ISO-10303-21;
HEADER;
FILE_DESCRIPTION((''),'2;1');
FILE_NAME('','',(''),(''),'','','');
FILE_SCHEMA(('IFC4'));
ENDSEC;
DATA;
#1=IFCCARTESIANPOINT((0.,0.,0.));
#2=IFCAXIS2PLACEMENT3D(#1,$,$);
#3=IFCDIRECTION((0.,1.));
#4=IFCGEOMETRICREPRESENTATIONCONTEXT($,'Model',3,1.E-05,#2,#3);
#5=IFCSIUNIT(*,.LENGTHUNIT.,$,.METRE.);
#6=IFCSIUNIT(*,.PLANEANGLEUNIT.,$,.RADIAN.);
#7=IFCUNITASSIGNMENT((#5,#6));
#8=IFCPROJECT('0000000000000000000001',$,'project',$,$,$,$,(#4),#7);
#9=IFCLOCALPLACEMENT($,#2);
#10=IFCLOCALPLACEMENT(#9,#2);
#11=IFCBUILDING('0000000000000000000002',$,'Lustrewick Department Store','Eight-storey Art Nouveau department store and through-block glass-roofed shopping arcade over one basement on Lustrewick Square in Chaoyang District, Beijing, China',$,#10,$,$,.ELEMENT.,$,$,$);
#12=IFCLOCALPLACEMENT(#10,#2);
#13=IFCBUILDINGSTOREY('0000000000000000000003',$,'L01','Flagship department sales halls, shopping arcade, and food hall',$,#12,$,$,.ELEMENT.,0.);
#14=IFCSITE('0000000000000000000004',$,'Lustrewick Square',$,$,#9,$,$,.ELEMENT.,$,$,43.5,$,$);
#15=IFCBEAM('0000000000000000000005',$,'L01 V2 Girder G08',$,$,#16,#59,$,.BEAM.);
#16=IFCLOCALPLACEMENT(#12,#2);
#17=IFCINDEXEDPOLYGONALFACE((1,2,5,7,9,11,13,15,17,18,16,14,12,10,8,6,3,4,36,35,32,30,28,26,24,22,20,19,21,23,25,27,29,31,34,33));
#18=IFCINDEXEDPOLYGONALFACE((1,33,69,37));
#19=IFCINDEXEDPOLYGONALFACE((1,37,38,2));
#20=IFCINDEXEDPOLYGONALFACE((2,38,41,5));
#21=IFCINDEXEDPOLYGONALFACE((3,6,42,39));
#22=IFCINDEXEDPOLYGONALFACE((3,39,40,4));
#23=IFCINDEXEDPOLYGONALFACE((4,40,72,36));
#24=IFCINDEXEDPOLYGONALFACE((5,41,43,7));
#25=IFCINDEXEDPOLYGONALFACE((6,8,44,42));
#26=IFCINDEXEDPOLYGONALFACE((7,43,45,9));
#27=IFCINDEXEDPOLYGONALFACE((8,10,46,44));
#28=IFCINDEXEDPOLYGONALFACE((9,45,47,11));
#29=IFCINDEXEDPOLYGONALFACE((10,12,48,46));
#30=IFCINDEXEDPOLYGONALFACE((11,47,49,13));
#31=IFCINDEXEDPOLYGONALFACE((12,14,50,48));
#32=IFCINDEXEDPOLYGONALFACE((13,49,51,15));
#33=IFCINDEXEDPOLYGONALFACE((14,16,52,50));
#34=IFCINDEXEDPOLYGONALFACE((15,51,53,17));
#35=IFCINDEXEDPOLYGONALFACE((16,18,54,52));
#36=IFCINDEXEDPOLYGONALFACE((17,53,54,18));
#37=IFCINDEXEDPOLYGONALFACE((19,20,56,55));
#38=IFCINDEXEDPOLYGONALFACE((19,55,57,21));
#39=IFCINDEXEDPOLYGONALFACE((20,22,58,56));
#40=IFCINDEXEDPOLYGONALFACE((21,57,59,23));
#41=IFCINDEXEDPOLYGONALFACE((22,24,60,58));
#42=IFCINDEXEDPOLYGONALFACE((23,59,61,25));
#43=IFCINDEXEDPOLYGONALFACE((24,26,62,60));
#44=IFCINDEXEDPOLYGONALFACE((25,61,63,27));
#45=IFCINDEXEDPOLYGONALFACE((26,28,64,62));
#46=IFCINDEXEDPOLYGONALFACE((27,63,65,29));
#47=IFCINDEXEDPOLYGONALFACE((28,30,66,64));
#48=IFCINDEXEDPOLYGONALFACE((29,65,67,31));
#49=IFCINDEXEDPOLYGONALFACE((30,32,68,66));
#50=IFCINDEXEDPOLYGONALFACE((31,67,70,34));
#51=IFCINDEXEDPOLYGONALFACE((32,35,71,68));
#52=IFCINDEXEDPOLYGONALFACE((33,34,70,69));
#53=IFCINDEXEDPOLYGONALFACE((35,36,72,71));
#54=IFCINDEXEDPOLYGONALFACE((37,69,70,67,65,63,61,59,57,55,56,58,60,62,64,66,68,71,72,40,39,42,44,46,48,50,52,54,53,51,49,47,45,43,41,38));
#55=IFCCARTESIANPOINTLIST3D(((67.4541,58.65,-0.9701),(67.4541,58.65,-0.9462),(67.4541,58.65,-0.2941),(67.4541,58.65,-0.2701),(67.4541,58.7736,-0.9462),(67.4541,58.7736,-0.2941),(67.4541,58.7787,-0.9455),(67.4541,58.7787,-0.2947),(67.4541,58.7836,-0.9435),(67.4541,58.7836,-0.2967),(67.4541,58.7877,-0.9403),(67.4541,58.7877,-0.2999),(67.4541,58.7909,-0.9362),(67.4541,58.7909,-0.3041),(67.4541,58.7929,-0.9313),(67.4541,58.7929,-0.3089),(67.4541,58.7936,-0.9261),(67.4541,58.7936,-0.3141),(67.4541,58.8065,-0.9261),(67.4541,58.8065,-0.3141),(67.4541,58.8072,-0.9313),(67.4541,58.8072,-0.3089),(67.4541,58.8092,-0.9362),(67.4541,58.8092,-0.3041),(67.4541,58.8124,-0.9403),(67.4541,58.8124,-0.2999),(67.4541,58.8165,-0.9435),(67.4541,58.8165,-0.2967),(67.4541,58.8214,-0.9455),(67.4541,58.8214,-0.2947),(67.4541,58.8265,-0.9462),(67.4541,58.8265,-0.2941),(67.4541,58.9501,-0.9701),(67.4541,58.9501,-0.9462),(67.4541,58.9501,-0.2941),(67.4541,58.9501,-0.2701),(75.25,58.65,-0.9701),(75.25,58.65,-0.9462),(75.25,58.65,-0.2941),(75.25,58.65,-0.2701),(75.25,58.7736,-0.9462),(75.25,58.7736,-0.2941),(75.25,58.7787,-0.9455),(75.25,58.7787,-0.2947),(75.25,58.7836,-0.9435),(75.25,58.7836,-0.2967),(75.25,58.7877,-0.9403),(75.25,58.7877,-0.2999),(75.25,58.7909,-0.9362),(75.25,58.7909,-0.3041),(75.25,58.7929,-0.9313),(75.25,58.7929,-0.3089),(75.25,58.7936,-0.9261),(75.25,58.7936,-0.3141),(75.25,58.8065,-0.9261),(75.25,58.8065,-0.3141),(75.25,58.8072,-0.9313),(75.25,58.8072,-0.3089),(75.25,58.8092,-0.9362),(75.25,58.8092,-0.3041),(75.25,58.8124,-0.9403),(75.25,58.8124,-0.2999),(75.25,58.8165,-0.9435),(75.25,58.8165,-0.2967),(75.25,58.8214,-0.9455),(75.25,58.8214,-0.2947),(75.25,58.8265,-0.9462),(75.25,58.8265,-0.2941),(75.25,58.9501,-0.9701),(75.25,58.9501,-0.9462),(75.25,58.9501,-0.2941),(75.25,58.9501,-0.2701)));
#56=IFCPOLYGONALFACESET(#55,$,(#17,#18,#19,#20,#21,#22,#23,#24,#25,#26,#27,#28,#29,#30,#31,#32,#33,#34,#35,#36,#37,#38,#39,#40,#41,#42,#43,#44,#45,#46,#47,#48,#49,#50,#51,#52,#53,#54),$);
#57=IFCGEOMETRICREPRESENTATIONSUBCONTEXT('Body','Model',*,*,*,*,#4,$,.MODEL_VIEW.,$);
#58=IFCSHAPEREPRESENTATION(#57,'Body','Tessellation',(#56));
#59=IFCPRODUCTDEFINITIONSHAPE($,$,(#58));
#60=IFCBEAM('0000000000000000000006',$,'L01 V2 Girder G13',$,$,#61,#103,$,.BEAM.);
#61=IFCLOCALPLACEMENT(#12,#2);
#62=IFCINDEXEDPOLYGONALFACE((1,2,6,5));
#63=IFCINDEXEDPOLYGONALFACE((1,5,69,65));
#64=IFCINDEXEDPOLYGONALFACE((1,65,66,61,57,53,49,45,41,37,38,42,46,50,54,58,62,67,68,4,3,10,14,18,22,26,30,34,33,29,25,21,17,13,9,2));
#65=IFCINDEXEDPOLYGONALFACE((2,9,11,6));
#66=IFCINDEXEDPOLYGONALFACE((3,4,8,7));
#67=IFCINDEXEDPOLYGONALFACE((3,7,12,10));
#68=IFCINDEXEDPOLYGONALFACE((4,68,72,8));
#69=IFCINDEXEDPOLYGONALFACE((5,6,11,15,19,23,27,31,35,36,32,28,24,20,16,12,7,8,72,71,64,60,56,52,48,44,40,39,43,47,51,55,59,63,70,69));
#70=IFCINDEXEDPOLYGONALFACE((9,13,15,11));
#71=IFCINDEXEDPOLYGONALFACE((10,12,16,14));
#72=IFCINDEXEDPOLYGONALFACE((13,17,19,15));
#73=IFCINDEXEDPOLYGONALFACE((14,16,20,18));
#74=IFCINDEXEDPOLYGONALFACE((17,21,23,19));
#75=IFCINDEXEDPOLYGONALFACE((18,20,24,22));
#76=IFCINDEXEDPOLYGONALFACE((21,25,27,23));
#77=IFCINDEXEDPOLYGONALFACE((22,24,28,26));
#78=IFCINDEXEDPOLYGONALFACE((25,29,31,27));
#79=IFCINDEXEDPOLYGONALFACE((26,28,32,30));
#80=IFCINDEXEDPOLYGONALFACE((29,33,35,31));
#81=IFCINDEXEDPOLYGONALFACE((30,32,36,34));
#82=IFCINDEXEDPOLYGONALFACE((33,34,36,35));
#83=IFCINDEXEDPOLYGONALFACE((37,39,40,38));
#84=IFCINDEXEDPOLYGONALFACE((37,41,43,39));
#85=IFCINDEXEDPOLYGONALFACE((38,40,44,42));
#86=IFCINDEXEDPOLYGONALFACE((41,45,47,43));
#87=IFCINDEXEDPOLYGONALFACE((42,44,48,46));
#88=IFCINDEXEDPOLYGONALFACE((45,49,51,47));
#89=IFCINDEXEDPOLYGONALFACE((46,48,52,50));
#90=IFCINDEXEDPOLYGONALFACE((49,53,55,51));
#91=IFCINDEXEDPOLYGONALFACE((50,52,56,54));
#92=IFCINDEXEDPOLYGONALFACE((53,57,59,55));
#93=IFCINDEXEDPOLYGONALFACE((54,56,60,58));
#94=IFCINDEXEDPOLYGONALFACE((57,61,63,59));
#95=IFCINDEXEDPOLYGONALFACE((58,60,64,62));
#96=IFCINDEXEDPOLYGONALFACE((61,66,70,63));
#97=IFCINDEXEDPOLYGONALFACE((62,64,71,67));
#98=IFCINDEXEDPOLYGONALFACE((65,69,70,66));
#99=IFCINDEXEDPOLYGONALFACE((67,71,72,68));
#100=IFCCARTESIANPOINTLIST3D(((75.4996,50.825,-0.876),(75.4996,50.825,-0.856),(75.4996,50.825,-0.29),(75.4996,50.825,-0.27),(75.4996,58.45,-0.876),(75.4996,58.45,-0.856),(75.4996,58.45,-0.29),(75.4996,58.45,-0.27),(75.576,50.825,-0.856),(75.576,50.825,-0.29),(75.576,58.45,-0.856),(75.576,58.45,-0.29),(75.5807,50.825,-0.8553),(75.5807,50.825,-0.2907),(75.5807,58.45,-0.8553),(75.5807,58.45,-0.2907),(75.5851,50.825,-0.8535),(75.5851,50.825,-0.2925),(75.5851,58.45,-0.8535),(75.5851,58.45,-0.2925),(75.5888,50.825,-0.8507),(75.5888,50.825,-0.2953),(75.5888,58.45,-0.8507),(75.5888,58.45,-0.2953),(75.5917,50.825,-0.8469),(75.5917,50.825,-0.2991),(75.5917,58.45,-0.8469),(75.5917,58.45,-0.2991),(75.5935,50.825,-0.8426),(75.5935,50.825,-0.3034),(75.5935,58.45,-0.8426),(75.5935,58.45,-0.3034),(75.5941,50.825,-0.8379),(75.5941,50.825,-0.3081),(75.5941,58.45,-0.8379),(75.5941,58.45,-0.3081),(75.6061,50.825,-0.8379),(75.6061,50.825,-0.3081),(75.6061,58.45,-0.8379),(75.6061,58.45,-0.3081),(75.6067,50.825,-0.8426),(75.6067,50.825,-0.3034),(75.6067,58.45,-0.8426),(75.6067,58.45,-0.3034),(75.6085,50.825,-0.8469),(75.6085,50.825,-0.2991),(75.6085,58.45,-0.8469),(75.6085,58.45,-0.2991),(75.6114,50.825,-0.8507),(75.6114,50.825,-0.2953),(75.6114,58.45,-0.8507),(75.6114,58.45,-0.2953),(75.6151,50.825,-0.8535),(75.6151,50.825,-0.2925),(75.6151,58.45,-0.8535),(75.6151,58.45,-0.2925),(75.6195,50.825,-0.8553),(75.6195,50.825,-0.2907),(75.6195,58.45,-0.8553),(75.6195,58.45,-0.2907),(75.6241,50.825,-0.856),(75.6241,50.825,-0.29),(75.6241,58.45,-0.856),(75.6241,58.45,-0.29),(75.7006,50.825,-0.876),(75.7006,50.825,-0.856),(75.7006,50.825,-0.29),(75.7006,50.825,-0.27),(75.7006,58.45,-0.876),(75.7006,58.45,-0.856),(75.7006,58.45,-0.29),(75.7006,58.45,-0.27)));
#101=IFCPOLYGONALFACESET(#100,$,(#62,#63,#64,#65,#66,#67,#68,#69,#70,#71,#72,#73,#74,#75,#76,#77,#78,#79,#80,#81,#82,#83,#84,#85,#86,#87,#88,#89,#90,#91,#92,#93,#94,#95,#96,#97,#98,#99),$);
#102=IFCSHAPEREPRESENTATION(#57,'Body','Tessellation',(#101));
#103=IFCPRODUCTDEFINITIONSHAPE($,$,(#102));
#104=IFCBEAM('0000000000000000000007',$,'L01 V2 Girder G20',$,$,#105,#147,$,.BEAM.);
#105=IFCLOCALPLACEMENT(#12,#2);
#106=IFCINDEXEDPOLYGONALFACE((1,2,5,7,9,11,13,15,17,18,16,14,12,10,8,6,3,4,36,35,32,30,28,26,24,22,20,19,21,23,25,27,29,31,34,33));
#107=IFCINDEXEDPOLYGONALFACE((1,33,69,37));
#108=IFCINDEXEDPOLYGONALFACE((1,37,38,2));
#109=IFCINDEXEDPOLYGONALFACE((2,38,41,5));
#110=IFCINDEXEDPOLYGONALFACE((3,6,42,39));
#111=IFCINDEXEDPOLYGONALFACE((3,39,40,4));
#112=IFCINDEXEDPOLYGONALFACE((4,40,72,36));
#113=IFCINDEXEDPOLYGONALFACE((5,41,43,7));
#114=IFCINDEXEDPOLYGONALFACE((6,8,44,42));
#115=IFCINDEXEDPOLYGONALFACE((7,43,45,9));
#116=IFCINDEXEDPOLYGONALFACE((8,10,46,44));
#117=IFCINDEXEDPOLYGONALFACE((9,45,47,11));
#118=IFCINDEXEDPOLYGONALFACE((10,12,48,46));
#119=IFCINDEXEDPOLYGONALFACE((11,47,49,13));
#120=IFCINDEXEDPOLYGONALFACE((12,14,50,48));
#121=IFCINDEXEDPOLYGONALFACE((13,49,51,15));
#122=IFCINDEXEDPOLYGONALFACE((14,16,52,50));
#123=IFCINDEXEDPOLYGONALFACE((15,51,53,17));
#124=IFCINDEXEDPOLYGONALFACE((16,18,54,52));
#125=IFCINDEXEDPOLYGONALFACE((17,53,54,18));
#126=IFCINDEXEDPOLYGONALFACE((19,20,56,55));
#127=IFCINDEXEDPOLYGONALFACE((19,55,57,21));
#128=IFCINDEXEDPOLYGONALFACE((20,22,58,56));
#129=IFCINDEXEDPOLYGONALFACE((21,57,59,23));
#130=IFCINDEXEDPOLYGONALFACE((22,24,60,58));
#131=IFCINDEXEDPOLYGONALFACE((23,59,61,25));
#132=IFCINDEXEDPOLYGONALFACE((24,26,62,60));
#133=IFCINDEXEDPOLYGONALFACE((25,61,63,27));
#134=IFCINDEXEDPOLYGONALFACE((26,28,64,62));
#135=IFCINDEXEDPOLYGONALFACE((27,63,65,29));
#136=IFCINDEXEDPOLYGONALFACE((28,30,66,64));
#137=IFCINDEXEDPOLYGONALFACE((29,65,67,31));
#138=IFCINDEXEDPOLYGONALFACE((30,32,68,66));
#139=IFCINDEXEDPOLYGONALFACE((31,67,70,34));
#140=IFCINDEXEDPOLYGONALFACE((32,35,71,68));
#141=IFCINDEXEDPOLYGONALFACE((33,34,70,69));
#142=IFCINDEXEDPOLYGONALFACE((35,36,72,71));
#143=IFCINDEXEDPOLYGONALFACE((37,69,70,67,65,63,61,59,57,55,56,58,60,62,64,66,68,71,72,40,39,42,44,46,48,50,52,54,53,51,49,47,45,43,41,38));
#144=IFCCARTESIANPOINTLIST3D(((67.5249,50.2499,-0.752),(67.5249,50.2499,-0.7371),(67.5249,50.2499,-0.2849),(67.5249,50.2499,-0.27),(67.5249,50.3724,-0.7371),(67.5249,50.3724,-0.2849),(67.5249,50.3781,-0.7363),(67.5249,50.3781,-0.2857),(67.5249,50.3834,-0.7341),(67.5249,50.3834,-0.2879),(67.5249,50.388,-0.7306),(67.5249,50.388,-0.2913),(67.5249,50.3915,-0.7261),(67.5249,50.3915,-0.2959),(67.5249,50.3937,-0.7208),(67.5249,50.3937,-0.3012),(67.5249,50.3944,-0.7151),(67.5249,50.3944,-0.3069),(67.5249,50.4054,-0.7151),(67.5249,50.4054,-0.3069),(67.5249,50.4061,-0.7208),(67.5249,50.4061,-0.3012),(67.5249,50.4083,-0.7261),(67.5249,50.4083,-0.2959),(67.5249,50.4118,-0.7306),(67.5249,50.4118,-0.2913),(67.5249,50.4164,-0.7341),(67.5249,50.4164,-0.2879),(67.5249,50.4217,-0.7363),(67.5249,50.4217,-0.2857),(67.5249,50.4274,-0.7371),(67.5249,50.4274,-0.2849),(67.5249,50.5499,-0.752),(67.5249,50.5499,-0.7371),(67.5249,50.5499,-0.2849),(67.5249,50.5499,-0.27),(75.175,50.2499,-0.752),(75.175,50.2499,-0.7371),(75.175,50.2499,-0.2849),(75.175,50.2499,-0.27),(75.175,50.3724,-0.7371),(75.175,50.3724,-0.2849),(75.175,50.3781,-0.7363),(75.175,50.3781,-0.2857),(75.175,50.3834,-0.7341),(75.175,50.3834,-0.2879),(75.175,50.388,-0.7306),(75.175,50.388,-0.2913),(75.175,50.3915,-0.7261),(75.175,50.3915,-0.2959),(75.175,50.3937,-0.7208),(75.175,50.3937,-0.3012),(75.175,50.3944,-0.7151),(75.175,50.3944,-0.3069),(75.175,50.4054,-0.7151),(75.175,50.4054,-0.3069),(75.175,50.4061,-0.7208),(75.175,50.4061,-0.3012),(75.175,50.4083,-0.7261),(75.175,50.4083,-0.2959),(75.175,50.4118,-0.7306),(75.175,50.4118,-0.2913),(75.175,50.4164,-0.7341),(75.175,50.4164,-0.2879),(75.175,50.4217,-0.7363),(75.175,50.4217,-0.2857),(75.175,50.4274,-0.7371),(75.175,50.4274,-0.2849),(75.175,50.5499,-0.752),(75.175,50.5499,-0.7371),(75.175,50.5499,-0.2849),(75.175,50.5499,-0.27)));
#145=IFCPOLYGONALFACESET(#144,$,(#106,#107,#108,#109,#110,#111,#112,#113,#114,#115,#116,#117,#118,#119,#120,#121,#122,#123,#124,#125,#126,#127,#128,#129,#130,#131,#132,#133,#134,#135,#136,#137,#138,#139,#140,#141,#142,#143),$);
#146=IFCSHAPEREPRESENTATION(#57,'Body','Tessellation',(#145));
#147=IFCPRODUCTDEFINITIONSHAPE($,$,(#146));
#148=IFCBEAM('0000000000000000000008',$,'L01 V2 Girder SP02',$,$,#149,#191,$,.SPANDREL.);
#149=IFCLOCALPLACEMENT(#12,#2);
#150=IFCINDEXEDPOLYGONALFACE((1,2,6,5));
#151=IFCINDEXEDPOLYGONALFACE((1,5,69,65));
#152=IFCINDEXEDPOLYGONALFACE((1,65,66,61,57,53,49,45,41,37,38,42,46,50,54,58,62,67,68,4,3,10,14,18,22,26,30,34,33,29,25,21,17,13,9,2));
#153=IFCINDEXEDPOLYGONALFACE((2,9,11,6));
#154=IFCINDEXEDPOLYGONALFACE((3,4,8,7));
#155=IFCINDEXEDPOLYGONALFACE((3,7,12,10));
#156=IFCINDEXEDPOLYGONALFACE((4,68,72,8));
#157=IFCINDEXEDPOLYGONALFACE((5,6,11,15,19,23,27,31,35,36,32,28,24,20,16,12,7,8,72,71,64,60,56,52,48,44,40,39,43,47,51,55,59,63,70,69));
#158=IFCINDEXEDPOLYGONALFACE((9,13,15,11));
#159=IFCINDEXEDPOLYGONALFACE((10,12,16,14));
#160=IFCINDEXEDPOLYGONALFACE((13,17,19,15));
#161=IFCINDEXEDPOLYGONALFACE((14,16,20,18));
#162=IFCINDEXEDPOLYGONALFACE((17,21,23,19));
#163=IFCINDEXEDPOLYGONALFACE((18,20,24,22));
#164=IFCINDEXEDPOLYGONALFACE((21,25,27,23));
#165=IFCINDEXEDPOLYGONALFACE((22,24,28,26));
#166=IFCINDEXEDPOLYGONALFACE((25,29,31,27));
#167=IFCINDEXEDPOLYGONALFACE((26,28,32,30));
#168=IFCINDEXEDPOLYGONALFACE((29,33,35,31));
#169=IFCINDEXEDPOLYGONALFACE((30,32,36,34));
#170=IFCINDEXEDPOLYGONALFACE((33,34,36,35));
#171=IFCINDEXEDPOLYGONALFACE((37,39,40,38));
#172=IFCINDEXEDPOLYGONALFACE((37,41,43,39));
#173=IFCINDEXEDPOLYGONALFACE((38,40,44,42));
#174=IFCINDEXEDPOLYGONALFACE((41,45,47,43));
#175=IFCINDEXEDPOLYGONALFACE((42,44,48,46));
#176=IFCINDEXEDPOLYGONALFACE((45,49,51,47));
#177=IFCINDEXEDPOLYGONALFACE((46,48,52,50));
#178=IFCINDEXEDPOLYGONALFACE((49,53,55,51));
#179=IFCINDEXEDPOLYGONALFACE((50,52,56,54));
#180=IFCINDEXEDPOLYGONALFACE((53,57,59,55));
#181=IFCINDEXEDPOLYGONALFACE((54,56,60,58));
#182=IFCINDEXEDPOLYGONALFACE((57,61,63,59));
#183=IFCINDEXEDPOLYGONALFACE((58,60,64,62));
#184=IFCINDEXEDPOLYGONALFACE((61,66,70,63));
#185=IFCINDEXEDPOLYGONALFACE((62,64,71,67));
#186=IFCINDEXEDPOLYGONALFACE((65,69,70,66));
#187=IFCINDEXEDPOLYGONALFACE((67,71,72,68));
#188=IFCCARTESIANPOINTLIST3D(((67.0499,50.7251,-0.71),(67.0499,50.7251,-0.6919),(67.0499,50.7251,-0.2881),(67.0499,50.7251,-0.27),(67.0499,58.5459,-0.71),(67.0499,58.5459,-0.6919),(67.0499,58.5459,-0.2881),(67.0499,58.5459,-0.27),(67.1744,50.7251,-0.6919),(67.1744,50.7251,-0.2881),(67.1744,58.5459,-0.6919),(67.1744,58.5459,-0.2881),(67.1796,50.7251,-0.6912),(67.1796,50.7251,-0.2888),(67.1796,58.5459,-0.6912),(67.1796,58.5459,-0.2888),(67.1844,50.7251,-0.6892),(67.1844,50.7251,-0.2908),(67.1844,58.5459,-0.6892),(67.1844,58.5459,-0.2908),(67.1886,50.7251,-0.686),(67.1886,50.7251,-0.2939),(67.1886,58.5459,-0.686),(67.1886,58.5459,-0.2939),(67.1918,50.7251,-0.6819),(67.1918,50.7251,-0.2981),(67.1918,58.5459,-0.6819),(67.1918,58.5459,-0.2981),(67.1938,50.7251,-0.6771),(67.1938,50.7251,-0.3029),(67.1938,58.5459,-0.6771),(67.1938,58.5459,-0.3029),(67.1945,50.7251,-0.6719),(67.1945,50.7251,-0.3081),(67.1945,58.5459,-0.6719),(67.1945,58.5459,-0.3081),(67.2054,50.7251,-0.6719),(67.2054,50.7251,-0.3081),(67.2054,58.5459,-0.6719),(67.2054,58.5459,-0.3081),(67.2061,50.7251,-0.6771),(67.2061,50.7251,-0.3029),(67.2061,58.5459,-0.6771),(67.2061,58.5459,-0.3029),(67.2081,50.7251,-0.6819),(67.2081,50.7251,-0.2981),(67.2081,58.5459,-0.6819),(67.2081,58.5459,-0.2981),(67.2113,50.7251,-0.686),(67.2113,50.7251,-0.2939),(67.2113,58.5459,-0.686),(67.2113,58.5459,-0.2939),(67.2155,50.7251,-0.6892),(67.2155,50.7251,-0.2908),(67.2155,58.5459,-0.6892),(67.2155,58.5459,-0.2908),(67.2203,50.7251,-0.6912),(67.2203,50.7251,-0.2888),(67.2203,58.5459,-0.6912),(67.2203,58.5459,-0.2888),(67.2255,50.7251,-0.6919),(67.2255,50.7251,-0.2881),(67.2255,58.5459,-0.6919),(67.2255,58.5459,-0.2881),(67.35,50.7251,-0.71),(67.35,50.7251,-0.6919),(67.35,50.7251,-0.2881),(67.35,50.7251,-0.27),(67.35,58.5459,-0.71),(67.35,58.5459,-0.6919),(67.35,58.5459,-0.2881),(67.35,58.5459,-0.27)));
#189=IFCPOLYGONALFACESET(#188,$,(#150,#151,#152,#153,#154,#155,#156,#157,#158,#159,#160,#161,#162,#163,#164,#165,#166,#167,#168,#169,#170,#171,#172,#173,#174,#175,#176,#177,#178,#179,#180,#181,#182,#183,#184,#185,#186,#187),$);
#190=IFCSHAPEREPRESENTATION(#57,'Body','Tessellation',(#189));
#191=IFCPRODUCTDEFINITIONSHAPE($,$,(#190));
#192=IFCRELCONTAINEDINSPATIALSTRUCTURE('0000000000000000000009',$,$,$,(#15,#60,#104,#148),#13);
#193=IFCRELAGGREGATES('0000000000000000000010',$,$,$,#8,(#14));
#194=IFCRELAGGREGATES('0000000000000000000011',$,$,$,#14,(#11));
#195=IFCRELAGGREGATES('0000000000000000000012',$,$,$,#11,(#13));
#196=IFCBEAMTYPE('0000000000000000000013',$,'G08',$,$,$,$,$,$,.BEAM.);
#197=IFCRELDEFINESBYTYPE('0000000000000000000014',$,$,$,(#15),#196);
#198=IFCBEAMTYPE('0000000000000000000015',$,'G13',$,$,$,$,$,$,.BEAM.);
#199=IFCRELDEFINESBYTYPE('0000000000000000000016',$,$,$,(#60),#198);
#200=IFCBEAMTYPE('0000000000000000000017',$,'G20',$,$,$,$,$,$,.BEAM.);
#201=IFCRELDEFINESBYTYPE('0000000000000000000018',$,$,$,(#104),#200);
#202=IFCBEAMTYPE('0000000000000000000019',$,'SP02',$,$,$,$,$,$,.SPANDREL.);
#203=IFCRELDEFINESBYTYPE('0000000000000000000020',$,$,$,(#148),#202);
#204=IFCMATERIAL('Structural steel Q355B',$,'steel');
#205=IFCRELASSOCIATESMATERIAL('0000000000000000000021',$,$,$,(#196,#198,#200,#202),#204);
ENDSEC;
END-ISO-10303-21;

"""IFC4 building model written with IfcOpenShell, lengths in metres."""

from ifc_helpers import new_model, si_unit, direction, frame, origin, origin_2d, place, context, subcontext, project, spatial, i_section, extrude, material, material_profile, profile_set, type_object, element, save


model = new_model("IFC4")

# Units and contexts
model_context = context("Model", 3, precision=1e-05, world=origin(), true_north=direction((0.0, 1.0)))
body_context = subcontext(model_context, "Body", "Model", "MODEL_VIEW")
ifc_project = project(units=[si_unit("LENGTHUNIT", "METRE"), si_unit("PLANEANGLEUNIT", "RADIAN")], contexts=[model_context])

# Site, building, storey
site_placement = place(None, origin())
site = spatial("IfcSite", under=ifc_project, at=site_placement, Name="Lustrewick Square", CompositionType="ELEMENT", RefElevation=43.5)
building_placement = place(site_placement, origin())
building = spatial("IfcBuilding", under=site, at=building_placement, Name="Lustrewick Department Store", Description="Eight-storey Art Nouveau department store and through-block glass-roofed shopping arcade over one basement on Lustrewick Square in Chaoyang District, Beijing, China", CompositionType="ELEMENT")
storey_placement = place(building_placement, origin())
storey = spatial("IfcBuildingStorey", under=building, at=storey_placement, Name="L01", Description="Flagship department sales halls, shopping arcade, and food hall", CompositionType="ELEMENT", Elevation=0.0)

# Beams
ifc_material_1 = material(Name="Structural steel Q355B", Category="steel")
ifc_material_profile_1 = material_profile(ifc_material_1, i_section(OverallWidth=0.3, OverallDepth=0.7, WebThickness=0.0129, FlangeThickness=0.0239, FilletRadius=0.02, at=origin_2d()), Name="HN 700x300x13x24")
ifc_profile_set_1 = profile_set([ifc_material_profile_1], Name="Structural steel Q355B")
beam_type_1 = type_object("IfcBeamType", Name="G08", PredefinedType="BEAM", material=ifc_profile_set_1)
beam_1_placement = place(storey_placement, frame((67.4541, 58.8, -0.6201), z_axis=(1.0, 0.0, 0.0), x_axis=(0.0, 1.0, 0.0)))
element("IfcBeam", 1, at=beam_1_placement, inside=storey, type_object=beam_type_1, Name="L01 V2 Girder G08", PredefinedType="BEAM", context=body_context, shape_type="SweptSolid", body=[
    extrude(i_section(OverallWidth=0.3, OverallDepth=0.7, WebThickness=0.0129, FlangeThickness=0.0239, FilletRadius=0.02, at=origin_2d()), origin(), (0.0, 0.0, 1.0), 7.7959),
])
ifc_material_profile_2 = material_profile(ifc_material_1, i_section(OverallWidth=0.2009, OverallDepth=0.606, WebThickness=0.012, FlangeThickness=0.02, FilletRadius=0.0181, at=origin_2d()), Name="HN 606x201x12x20")
ifc_profile_set_2 = profile_set([ifc_material_profile_2], Name="Structural steel Q355B")
beam_type_2 = type_object("IfcBeamType", Name="G13", PredefinedType="BEAM", material=ifc_profile_set_2)
beam_2_placement = place(storey_placement, frame((75.6001, 50.825, -0.573), z_axis=(0.0, 1.0, 0.0), x_axis=(-1.0, 0.0, 0.0)))
element("IfcBeam", 2, at=beam_2_placement, inside=storey, type_object=beam_type_2, Name="L01 V2 Girder G13", PredefinedType="BEAM", context=body_context, shape_type="SweptSolid", body=[
    extrude(i_section(OverallWidth=0.2009, OverallDepth=0.606, WebThickness=0.012, FlangeThickness=0.02, FilletRadius=0.0181, at=origin_2d()), origin(), (0.0, 0.0, 1.0), 7.625),
])
ifc_material_profile_3 = material_profile(ifc_material_1, i_section(OverallWidth=0.3, OverallDepth=0.4819, WebThickness=0.011, FlangeThickness=0.0149, FilletRadius=0.022, at=origin_2d()), Name="HM 482x300x11x15")
ifc_profile_set_3 = profile_set([ifc_material_profile_3], Name="Structural steel Q355B")
beam_type_3 = type_object("IfcBeamType", Name="G20", PredefinedType="BEAM", material=ifc_profile_set_3)
beam_3_placement = place(storey_placement, frame((67.5249, 50.3999, -0.511), z_axis=(1.0, 0.0, 0.0), x_axis=(0.0, 1.0, 0.0)))
element("IfcBeam", 3, at=beam_3_placement, inside=storey, type_object=beam_type_3, Name="L01 V2 Girder G20", PredefinedType="BEAM", context=body_context, shape_type="SweptSolid", body=[
    extrude(i_section(OverallWidth=0.3, OverallDepth=0.4819, WebThickness=0.011, FlangeThickness=0.0149, FilletRadius=0.022, at=origin_2d()), origin(), (0.0, 0.0, 1.0), 7.6501),
])
ifc_material_profile_4 = material_profile(ifc_material_1, i_section(OverallWidth=0.3, OverallDepth=0.4399, WebThickness=0.011, FlangeThickness=0.0181, FilletRadius=0.02, at=origin_2d()), Name="HM 440x300x11x18")
ifc_profile_set_4 = profile_set([ifc_material_profile_4], Name="Structural steel Q355B")
beam_type_4 = type_object("IfcBeamType", Name="SP02", PredefinedType="SPANDREL", material=ifc_profile_set_4)
beam_4_placement = place(storey_placement, frame((67.2, 50.7251, -0.49), z_axis=(0.0, 1.0, 0.0), x_axis=(-1.0, 0.0, 0.0)))
element("IfcBeam", 4, at=beam_4_placement, inside=storey, type_object=beam_type_4, Name="L01 V2 Girder SP02", PredefinedType="SPANDREL", context=body_context, shape_type="SweptSolid", body=[
    extrude(i_section(OverallWidth=0.3, OverallDepth=0.4399, WebThickness=0.011, FlangeThickness=0.0181, FilletRadius=0.02, at=origin_2d()), origin(), (0.0, 0.0, 1.0), 7.8208),
])

save(model, "model.ifc")
